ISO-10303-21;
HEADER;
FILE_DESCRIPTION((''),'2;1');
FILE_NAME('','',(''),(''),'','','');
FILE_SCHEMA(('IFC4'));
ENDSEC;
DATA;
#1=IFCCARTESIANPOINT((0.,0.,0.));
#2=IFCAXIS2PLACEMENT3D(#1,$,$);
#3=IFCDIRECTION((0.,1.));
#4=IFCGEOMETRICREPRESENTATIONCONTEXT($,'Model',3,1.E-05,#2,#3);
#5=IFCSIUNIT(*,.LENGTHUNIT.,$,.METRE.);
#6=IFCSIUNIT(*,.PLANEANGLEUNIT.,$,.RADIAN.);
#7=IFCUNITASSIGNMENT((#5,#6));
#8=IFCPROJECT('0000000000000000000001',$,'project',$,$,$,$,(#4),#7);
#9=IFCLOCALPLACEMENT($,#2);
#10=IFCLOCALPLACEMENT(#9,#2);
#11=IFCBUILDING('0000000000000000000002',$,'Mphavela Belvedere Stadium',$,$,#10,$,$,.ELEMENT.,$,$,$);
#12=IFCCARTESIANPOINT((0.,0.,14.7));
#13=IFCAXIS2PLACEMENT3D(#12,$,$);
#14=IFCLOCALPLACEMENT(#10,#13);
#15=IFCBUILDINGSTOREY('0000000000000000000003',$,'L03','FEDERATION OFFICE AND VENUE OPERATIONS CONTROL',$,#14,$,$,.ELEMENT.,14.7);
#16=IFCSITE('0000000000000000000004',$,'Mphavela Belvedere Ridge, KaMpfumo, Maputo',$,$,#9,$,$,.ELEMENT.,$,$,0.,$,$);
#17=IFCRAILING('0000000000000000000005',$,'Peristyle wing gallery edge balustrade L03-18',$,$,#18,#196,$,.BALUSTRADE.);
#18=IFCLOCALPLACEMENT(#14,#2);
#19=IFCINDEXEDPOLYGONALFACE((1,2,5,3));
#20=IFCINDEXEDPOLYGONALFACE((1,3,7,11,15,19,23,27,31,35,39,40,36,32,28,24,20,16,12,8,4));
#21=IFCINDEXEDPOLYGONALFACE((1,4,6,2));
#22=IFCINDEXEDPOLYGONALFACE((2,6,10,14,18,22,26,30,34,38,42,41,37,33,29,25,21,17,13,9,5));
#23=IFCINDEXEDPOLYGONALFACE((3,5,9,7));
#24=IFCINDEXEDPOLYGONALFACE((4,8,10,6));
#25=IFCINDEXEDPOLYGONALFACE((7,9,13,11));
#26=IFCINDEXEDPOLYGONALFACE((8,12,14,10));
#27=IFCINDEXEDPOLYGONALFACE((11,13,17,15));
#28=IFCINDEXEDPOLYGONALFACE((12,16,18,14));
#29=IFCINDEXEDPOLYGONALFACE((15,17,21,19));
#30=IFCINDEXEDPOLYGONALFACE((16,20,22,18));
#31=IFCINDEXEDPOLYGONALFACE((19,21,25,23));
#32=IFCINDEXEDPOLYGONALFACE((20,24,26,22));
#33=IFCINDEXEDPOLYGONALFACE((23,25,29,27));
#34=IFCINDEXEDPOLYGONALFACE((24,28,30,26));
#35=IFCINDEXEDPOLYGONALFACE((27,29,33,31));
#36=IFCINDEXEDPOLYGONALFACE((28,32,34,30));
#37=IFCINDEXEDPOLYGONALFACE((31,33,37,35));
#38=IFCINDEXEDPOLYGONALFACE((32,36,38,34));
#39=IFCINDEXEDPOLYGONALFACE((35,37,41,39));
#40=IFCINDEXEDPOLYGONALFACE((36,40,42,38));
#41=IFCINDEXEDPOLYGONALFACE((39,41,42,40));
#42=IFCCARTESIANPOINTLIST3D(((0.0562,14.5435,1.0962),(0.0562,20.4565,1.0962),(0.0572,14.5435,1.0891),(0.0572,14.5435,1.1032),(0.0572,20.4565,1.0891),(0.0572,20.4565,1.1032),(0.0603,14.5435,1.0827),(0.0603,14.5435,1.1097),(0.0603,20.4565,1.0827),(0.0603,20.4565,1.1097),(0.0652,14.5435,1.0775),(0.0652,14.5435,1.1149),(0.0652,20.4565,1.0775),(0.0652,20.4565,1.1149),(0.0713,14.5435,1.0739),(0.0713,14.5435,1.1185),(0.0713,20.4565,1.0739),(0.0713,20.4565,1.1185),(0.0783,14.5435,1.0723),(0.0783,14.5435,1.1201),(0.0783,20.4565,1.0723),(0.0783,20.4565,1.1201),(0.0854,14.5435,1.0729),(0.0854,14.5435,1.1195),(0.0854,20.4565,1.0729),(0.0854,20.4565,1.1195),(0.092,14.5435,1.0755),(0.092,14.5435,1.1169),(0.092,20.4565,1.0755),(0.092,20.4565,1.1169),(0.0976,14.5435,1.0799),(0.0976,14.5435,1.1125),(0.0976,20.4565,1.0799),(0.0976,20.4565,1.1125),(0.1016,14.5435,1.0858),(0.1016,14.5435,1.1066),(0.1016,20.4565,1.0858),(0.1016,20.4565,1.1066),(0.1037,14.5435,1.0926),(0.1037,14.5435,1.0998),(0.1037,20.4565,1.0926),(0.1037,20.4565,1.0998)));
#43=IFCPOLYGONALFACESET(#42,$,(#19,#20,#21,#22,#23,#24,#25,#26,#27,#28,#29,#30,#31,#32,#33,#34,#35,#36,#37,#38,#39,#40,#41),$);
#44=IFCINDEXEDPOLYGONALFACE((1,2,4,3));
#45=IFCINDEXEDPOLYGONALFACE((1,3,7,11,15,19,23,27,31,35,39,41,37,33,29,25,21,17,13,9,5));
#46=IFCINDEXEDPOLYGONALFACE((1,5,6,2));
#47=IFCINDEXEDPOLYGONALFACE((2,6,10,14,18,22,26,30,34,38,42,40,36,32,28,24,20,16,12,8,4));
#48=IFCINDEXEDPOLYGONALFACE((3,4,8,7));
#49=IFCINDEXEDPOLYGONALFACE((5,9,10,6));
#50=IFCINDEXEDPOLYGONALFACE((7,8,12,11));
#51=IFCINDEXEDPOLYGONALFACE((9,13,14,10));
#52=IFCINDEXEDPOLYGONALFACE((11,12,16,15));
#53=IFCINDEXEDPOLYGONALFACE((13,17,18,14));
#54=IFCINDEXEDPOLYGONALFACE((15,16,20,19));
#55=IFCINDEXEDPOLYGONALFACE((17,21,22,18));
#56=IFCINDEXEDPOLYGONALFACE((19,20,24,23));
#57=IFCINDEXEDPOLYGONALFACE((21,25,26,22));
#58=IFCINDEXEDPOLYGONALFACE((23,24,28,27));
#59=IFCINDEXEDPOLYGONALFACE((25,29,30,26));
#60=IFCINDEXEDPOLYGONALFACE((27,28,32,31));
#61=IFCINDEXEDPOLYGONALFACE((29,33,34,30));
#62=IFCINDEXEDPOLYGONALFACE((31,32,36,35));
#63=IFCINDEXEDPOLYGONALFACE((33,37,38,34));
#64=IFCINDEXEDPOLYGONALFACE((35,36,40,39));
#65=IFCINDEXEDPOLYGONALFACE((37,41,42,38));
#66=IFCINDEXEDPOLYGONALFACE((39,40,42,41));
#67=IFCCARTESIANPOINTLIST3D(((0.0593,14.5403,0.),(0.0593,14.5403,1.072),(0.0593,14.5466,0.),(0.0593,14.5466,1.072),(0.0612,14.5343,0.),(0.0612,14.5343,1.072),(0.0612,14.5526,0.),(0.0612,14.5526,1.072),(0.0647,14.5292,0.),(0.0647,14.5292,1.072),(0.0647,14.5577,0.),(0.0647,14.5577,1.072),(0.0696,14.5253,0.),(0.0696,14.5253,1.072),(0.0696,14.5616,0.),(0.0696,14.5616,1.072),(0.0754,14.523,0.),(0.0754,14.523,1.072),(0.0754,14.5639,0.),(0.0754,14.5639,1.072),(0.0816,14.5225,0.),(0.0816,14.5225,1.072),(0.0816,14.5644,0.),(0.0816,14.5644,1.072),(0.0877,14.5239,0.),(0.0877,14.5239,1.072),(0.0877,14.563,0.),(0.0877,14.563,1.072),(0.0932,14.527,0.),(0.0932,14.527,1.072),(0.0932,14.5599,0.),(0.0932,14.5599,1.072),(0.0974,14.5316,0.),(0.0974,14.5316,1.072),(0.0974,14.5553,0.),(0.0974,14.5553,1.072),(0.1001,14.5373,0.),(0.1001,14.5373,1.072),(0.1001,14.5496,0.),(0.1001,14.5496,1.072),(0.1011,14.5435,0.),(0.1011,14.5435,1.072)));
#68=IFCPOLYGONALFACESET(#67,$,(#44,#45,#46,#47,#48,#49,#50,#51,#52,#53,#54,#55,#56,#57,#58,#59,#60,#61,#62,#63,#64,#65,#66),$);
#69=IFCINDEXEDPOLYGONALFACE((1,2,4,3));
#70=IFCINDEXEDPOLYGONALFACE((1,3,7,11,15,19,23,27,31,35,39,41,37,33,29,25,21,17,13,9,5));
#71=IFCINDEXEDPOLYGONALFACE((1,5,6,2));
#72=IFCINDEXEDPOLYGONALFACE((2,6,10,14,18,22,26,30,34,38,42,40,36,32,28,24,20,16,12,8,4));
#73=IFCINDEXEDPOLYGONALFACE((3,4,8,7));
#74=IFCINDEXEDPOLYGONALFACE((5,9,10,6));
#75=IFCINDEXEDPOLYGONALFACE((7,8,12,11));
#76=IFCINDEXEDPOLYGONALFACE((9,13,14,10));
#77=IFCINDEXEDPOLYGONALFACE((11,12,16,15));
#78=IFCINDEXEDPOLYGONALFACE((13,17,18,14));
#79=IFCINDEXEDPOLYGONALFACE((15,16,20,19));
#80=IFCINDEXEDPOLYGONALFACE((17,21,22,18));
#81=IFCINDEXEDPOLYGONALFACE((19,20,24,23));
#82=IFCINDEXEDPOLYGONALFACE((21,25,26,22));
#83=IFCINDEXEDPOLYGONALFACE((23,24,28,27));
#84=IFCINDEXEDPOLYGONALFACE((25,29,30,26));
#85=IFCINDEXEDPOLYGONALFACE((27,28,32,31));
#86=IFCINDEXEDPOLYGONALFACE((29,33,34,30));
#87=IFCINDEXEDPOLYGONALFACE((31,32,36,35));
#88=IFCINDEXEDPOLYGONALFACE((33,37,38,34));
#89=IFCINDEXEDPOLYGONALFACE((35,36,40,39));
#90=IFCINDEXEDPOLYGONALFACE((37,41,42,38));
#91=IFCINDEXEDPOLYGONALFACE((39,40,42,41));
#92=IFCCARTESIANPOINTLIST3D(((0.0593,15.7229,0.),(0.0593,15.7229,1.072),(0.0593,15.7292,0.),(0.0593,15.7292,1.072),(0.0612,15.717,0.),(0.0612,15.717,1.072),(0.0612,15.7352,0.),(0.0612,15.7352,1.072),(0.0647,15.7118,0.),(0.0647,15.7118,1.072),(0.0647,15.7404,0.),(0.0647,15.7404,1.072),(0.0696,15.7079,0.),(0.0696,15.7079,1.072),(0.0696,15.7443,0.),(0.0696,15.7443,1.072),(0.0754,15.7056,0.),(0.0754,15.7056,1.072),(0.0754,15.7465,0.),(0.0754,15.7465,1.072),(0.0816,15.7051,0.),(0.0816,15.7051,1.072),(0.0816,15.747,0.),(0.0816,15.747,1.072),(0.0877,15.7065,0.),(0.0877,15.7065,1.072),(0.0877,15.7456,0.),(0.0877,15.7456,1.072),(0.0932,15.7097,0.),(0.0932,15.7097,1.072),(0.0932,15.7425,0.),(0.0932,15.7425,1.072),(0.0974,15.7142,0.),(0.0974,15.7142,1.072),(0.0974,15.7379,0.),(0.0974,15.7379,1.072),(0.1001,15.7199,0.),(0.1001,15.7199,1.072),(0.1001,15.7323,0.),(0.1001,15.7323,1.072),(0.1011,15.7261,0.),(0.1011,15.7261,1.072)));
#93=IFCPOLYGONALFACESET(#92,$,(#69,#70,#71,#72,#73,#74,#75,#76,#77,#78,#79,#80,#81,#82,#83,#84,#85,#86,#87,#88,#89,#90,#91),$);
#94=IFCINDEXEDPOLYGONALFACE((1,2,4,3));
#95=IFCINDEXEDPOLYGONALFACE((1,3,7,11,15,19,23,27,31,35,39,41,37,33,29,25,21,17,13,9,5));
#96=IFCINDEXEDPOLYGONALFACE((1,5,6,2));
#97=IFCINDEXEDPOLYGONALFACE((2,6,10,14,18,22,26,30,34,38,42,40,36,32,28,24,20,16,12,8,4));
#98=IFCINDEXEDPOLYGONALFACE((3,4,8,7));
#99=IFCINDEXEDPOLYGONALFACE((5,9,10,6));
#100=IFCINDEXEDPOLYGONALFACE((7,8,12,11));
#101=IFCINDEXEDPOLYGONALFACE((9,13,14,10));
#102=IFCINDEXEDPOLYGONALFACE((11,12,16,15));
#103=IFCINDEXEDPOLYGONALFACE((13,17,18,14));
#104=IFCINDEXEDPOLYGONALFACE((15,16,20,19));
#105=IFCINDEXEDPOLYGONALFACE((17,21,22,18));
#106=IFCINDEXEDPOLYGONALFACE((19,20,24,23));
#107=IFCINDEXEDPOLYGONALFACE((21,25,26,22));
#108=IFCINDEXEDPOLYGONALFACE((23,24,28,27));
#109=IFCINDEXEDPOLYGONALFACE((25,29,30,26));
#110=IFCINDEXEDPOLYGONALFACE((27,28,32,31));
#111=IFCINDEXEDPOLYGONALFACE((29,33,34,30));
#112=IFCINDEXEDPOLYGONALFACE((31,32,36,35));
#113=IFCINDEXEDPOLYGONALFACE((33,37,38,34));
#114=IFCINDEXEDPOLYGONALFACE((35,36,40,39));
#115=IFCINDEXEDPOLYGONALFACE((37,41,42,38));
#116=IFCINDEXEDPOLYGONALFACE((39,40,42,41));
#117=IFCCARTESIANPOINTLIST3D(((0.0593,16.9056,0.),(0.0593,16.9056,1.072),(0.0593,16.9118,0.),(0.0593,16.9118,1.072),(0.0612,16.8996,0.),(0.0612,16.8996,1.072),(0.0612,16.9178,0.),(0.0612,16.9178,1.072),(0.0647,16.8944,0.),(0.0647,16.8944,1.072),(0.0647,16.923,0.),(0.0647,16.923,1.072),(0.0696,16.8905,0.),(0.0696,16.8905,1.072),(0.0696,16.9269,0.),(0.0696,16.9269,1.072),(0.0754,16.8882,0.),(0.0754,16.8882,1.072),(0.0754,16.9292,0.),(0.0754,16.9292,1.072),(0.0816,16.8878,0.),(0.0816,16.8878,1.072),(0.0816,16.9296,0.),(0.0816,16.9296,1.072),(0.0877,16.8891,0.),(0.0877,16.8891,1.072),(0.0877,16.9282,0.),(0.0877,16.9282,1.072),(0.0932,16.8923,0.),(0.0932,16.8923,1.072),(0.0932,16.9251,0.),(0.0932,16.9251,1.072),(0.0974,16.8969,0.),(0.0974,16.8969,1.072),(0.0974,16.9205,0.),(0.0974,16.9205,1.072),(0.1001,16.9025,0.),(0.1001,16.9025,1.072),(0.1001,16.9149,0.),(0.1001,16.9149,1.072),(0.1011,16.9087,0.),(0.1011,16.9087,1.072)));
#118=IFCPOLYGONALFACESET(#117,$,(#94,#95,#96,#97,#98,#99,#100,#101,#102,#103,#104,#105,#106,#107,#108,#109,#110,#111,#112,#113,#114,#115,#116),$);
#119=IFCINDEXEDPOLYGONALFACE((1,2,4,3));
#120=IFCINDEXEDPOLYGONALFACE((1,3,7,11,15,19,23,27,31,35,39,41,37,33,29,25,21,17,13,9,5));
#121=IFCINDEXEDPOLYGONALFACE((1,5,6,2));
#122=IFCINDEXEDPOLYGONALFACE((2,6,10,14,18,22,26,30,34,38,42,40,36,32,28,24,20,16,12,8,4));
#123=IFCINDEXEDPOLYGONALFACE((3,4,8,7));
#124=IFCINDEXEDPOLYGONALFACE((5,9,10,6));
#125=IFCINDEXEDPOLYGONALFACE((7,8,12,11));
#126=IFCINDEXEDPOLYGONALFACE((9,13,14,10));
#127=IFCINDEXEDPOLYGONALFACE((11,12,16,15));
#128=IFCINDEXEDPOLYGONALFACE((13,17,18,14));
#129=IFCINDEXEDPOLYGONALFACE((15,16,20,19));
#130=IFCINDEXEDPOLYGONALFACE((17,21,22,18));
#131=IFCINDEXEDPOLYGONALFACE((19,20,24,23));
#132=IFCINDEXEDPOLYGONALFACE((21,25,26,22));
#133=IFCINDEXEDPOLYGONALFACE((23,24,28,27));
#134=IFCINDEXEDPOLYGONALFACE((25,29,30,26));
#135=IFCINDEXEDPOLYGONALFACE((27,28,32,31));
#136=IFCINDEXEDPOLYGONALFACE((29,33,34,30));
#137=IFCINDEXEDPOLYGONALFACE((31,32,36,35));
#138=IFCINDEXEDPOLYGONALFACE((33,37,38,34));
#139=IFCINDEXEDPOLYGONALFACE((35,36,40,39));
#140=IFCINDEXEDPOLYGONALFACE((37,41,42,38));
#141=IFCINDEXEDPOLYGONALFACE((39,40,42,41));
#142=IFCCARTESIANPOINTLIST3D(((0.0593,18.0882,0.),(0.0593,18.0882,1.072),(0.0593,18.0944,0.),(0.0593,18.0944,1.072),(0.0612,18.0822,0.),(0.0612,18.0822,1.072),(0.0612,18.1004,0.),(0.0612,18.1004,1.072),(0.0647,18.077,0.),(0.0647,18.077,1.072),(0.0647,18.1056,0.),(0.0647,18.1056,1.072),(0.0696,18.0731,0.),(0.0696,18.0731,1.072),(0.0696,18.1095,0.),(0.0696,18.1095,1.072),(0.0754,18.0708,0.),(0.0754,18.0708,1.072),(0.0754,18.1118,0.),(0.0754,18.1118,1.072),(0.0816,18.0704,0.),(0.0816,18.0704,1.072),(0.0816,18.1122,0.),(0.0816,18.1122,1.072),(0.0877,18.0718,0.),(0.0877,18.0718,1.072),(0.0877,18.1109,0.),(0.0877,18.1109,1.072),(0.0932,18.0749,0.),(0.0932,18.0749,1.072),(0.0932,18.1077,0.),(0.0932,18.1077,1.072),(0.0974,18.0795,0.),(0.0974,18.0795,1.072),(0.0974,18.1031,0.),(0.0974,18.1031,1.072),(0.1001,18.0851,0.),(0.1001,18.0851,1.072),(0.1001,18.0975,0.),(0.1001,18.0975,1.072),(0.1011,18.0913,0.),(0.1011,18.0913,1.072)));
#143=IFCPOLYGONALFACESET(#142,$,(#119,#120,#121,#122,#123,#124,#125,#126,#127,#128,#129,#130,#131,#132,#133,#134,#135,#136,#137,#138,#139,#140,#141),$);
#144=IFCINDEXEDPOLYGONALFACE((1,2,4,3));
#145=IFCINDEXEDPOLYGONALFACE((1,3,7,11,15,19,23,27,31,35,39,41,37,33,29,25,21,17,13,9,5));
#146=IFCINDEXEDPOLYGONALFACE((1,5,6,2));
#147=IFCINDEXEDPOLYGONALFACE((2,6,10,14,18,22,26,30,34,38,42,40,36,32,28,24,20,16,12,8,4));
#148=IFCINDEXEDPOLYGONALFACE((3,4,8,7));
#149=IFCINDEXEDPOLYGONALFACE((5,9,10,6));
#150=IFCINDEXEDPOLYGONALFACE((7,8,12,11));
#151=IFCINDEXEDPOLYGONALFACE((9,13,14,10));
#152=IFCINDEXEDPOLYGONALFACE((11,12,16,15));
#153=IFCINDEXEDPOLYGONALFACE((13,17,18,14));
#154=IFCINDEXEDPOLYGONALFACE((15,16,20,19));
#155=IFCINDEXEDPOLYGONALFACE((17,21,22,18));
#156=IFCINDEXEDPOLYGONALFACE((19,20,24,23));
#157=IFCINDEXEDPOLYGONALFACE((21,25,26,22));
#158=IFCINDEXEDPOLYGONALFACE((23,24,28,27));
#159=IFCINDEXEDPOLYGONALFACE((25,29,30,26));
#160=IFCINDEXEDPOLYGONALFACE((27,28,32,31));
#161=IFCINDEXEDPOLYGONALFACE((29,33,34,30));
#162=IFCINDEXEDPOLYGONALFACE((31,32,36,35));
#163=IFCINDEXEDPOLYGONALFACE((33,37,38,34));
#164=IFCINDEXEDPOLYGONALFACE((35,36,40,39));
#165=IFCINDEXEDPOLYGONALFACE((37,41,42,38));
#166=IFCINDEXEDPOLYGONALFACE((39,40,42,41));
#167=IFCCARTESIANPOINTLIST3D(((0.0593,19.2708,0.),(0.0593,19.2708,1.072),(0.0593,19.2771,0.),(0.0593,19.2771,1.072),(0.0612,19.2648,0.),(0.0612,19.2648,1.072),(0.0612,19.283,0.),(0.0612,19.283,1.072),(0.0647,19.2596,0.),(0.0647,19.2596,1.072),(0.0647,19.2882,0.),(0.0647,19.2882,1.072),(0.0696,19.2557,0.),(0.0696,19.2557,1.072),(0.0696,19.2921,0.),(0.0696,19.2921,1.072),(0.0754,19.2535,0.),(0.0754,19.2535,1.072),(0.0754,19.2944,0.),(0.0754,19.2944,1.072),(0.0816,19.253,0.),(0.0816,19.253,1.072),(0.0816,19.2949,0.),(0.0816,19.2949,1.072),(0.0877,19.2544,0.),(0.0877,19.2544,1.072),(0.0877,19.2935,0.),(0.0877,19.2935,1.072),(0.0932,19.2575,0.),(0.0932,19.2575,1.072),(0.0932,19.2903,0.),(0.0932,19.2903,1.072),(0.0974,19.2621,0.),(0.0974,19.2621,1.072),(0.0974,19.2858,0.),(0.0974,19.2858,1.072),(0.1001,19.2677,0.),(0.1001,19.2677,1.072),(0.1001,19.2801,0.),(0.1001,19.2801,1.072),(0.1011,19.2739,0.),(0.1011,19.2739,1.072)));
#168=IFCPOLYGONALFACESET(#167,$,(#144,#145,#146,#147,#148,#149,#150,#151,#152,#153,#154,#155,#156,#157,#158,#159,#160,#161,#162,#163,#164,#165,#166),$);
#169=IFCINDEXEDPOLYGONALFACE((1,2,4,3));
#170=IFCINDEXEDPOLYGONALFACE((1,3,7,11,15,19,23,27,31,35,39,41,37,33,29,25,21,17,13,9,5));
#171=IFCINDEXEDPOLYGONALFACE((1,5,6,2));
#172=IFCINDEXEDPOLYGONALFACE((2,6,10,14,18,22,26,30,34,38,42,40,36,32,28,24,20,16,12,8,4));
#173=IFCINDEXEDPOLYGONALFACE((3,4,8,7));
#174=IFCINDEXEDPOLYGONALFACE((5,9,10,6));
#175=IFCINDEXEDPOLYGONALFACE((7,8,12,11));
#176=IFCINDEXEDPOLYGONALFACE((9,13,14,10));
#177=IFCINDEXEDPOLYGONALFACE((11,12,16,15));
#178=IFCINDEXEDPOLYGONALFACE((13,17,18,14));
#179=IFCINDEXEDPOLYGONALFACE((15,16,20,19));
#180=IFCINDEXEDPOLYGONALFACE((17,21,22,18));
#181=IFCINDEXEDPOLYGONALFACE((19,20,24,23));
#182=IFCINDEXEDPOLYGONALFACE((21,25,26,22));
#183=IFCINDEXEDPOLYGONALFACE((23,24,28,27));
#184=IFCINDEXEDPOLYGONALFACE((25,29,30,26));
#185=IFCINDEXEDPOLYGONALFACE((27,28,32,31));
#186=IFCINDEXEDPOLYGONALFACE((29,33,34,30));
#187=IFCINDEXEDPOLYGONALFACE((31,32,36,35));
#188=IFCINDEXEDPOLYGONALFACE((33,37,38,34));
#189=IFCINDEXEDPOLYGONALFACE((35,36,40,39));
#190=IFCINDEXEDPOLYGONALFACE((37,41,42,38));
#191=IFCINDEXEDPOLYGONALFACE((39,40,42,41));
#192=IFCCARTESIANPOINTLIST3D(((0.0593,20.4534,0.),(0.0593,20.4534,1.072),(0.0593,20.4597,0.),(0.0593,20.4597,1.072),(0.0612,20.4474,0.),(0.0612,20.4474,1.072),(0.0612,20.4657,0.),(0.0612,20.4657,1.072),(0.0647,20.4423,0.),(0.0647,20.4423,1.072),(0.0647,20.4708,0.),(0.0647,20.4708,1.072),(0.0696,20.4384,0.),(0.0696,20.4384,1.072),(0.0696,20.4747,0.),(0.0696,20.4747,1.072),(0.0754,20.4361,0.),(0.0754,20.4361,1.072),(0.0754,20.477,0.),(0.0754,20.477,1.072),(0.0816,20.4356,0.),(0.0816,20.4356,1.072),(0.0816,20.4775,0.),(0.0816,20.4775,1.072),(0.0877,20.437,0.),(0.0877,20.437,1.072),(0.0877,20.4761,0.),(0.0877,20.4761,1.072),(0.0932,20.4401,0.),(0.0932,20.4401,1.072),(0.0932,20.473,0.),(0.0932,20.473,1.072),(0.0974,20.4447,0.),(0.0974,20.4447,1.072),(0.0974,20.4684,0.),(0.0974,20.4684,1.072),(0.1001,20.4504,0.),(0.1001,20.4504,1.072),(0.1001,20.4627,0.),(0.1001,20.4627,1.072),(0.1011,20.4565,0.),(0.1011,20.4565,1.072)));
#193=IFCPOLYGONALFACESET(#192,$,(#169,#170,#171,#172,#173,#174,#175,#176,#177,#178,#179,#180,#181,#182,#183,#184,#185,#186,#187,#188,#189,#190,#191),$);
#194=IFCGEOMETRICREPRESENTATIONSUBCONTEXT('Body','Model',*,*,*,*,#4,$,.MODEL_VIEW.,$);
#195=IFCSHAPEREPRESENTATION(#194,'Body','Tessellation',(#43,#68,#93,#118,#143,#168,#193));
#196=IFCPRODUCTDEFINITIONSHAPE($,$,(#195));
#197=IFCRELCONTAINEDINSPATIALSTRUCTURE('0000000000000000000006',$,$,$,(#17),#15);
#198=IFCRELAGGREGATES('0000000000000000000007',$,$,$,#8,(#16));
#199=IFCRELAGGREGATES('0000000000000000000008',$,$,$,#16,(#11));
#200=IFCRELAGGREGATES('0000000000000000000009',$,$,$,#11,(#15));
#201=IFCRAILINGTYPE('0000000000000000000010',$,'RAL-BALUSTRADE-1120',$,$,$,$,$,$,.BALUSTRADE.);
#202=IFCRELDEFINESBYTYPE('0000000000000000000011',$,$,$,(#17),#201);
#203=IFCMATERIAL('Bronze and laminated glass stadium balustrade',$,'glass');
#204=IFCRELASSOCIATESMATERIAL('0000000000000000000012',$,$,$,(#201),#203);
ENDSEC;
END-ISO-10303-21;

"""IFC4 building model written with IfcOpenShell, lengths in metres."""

from ifc_helpers import new_model, si_unit, direction, frame, origin, origin_2d, place, context, subcontext, project, spatial, circle, extrude, material, type_object, element, save


model = new_model("IFC4")

# Units and contexts
model_context = context("Model", 3, precision=1e-05, world=origin(), true_north=direction((0.0, 1.0)))
body_context = subcontext(model_context, "Body", "Model", "MODEL_VIEW")
ifc_project = project(units=[si_unit("LENGTHUNIT", "METRE"), si_unit("PLANEANGLEUNIT", "RADIAN")], contexts=[model_context])

# Site, building, storey
site_placement = place(None, origin())
site = spatial("IfcSite", under=ifc_project, at=site_placement, Name="Mphavela Belvedere Ridge, KaMpfumo, Maputo", CompositionType="ELEMENT", RefElevation=0.0)
building_placement = place(site_placement, origin())
building = spatial("IfcBuilding", under=site, at=building_placement, Name="Mphavela Belvedere Stadium", CompositionType="ELEMENT")
storey_placement = place(building_placement, frame((0.0, 0.0, 14.7)))
storey = spatial("IfcBuildingStorey", under=building, at=storey_placement, Name="L03", Description="FEDERATION OFFICE AND VENUE OPERATIONS CONTROL", CompositionType="ELEMENT", Elevation=14.7)

# Railing
ifc_material_1 = material(Name="Bronze and laminated glass stadium balustrade", Category="glass")
railing_type = type_object("IfcRailingType", Name="RAL-BALUSTRADE-1120", PredefinedType="BALUSTRADE", material=ifc_material_1)
for number, where, name in (
    (1, (0.0801, 14.5435, 0.0), "Peristyle wing gallery edge balustrade L03-18"),
):
    element("IfcRailing", number, at=place(storey_placement, frame(where)), inside=storey, type_object=railing_type, Name=name, PredefinedType="BALUSTRADE", context=body_context, shape_type="SweptSolid", body=[
        extrude(circle(Radius=0.0239, at=origin_2d()), frame((0.0, 0.0, 1.0962), z_axis=(0.0, 1.0, 0.0), x_axis=(-1.0, 0.0, 0.0)), (0.0, 0.0, 1.0), 5.9131),
        extrude(circle(Radius=0.021, at=origin_2d()), origin(), (0.0, 0.0, 1.0), 1.072),
        extrude(circle(Radius=0.021, at=origin_2d()), frame((0.0, 1.1826, 0.0)), (0.0, 0.0, 1.0), 1.072),
        extrude(circle(Radius=0.021, at=origin_2d()), frame((0.0, 2.3652, 0.0)), (0.0, 0.0, 1.0), 1.072),
        extrude(circle(Radius=0.021, at=origin_2d()), frame((0.0, 3.5479, 0.0)), (0.0, 0.0, 1.0), 1.072),
        extrude(circle(Radius=0.021, at=origin_2d()), frame((0.0, 4.7305, 0.0)), (0.0, 0.0, 1.0), 1.072),
        extrude(circle(Radius=0.021, at=origin_2d()), frame((0.0, 5.9131, 0.0)), (0.0, 0.0, 1.0), 1.072),
    ])

save(model, "model.ifc")
